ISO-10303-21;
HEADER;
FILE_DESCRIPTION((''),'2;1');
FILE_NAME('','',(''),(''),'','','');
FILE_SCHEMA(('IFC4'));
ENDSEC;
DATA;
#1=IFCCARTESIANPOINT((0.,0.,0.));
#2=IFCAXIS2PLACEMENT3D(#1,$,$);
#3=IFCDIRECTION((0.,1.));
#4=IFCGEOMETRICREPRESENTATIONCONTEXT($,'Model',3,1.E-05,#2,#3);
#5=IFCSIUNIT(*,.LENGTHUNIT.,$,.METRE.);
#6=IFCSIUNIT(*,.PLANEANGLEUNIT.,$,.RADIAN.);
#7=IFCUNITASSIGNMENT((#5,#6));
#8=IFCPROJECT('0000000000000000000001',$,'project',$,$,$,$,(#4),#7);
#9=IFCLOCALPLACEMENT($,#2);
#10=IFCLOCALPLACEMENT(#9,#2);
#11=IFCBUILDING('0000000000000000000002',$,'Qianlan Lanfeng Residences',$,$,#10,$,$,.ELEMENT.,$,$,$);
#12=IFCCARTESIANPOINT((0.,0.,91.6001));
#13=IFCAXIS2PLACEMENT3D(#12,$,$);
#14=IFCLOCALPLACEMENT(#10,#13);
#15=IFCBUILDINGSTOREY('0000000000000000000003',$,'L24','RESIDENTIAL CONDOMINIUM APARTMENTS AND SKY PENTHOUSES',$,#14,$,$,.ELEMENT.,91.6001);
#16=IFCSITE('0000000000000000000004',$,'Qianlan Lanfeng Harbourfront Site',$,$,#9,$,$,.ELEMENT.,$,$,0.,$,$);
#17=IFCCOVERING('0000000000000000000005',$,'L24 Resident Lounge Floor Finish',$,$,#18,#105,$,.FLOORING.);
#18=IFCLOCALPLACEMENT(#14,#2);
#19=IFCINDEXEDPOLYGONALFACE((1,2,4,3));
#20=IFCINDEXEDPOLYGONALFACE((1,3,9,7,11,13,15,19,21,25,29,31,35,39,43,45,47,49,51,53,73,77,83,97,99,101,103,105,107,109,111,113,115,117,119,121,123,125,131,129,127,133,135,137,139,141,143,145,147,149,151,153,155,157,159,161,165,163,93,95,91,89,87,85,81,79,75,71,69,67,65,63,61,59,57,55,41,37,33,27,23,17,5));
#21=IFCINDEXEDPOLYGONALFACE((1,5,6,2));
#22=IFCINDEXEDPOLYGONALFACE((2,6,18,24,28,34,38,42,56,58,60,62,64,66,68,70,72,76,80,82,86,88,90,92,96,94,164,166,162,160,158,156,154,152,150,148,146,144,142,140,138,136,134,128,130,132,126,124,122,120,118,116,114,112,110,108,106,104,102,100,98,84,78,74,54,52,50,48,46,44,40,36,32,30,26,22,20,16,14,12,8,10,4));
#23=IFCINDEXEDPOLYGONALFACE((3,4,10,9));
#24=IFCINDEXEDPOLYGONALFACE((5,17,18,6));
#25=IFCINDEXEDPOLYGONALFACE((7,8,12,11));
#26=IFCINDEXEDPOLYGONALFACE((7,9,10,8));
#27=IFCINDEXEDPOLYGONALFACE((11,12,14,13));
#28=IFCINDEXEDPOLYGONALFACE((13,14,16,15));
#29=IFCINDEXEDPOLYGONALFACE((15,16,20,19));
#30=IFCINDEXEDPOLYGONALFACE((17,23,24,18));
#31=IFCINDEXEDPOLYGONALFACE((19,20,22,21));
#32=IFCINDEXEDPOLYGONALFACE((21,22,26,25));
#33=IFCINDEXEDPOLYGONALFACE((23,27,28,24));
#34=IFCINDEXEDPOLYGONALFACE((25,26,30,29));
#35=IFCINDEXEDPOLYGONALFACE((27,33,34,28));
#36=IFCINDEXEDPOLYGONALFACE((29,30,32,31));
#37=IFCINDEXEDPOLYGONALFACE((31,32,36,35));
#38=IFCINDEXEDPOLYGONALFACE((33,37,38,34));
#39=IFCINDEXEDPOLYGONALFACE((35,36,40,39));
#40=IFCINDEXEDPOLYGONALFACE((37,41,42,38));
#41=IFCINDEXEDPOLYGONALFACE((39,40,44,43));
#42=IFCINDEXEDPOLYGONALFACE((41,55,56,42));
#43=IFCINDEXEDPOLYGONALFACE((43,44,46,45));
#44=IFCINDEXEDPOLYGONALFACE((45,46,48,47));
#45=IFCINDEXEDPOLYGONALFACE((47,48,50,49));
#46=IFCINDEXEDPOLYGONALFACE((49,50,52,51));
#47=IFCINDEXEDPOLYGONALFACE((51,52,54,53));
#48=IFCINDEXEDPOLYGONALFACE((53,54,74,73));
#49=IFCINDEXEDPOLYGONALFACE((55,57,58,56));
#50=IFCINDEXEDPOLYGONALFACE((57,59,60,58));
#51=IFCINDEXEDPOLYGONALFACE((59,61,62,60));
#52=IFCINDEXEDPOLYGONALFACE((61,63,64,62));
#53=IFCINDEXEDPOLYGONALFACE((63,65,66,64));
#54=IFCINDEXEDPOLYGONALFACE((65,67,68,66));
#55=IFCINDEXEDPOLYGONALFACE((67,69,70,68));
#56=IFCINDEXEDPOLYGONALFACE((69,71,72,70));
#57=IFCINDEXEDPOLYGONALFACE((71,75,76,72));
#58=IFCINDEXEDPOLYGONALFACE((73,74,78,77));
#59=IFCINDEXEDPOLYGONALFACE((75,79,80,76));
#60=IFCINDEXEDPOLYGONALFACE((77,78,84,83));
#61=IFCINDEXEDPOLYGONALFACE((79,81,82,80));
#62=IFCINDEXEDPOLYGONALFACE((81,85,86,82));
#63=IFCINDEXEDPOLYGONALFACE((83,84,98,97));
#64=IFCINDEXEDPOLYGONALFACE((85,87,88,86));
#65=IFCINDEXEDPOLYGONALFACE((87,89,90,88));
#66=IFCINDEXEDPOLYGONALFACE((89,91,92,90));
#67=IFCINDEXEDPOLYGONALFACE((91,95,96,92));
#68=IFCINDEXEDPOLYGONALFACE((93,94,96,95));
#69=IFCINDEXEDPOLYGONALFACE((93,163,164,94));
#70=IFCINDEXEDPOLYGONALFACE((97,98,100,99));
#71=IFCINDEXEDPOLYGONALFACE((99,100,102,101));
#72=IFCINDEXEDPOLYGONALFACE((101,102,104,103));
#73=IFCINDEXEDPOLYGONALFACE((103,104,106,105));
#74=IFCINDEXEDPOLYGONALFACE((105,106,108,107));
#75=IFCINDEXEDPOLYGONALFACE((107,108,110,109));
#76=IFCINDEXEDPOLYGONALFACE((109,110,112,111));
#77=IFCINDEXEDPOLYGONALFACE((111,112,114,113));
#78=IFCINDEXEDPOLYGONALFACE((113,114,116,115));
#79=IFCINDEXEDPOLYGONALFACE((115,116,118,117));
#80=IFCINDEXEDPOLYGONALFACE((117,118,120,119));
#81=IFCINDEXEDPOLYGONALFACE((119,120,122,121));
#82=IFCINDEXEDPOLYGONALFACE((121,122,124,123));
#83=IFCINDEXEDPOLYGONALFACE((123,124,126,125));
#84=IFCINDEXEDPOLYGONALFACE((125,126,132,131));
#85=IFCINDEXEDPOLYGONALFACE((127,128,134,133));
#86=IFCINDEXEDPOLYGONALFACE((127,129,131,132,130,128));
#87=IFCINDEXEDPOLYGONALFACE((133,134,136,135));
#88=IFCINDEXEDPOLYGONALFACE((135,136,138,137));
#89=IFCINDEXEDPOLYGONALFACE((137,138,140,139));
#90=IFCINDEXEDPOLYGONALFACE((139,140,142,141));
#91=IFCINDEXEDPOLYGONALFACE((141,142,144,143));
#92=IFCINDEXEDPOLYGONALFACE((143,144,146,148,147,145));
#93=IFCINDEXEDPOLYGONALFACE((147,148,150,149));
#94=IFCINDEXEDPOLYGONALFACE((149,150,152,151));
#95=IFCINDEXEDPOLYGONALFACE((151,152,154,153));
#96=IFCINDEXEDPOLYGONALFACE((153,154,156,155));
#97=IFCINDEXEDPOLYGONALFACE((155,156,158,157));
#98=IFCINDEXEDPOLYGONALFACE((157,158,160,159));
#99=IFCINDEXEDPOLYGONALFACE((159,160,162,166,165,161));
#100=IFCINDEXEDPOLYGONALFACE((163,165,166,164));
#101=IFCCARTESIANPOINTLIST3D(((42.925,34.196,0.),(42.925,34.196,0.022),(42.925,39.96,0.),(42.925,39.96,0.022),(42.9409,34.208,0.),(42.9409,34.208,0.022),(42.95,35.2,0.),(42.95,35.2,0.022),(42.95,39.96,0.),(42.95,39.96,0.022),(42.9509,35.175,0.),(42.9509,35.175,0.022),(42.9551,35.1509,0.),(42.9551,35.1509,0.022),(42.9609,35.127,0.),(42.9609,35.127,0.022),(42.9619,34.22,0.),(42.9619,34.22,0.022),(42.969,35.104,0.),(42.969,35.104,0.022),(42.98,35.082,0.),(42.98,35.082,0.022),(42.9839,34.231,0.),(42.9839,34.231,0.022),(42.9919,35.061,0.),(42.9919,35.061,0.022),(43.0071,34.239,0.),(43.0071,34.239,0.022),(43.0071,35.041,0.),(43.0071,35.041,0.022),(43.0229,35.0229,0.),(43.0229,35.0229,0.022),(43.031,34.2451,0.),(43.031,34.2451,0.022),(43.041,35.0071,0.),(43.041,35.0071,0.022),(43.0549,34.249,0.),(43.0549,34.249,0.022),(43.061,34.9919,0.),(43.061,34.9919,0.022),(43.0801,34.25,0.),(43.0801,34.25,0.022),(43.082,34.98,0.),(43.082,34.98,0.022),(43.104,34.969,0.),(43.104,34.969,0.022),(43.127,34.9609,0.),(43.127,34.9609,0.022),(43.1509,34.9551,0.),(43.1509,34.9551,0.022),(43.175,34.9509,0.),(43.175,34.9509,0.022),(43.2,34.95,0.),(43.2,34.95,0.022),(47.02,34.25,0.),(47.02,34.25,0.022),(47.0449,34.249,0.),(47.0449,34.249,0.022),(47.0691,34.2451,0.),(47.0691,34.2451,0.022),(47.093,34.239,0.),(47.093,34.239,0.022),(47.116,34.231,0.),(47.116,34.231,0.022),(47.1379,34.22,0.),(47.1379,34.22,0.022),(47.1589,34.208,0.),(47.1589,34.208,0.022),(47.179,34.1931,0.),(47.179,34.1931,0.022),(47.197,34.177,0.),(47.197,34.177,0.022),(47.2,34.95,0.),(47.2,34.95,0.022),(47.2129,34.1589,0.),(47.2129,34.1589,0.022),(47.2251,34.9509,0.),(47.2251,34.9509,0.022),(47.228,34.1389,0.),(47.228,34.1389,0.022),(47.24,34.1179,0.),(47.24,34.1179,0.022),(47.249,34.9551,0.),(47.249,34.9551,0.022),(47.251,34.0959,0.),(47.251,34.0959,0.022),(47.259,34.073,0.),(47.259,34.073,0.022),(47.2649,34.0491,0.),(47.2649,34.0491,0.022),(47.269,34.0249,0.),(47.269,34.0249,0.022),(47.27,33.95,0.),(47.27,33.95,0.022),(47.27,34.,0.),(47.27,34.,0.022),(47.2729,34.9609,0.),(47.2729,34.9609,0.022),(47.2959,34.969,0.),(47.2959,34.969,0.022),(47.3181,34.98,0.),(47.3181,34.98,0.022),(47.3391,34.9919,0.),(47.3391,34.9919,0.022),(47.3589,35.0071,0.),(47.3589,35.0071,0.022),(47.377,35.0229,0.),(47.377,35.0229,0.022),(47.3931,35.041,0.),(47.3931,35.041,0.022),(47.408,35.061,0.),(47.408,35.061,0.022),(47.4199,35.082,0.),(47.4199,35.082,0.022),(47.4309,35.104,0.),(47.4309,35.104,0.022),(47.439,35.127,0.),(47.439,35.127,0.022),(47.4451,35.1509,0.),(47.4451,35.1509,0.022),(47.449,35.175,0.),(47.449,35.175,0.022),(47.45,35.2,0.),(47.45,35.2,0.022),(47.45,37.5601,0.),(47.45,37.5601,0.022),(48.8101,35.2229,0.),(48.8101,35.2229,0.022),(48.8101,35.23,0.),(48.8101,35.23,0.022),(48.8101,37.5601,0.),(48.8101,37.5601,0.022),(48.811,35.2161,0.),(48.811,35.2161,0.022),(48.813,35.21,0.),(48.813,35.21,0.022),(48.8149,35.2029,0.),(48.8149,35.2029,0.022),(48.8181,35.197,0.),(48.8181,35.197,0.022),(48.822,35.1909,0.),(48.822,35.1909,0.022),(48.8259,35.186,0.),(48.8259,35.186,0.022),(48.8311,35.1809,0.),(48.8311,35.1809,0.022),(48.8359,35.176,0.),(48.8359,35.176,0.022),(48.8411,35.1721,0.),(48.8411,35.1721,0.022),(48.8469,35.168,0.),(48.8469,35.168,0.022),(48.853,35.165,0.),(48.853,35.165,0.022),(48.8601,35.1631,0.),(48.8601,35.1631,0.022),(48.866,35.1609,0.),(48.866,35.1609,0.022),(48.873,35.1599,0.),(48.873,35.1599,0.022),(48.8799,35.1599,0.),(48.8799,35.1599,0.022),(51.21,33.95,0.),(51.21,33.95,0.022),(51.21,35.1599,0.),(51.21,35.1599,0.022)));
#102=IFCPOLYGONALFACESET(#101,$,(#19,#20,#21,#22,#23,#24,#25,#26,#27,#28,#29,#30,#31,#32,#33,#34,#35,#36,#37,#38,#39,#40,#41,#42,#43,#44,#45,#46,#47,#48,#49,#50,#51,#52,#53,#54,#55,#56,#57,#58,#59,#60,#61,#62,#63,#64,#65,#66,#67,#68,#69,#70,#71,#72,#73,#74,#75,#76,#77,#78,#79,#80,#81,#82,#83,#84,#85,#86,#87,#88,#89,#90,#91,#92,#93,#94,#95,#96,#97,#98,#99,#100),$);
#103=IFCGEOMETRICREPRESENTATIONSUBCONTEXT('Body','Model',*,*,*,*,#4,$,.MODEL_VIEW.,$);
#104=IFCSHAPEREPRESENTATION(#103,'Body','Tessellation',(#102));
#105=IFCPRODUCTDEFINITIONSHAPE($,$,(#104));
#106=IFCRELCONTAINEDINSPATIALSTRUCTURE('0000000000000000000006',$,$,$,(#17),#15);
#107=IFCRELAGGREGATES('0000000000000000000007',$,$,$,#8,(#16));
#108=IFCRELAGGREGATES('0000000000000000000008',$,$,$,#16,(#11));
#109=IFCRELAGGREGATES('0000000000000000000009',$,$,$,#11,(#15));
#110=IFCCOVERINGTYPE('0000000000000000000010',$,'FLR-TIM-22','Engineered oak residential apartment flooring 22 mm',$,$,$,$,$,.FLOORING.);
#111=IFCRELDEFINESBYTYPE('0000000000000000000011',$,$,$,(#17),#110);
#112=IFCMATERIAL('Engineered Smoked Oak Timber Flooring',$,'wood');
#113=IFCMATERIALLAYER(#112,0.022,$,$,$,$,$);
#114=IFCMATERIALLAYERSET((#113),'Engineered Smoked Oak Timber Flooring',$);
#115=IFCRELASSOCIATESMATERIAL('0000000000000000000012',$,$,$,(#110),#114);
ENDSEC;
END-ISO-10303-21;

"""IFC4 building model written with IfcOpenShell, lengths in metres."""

from ifc_helpers import new_model, si_unit, direction, frame, origin, place, context, subcontext, project, spatial, polyline, outline, extrude, material, layer, layer_set, type_object, element, save


model = new_model("IFC4")

# Units and contexts
model_context = context("Model", 3, precision=1e-05, world=origin(), true_north=direction((0.0, 1.0)))
body_context = subcontext(model_context, "Body", "Model", "MODEL_VIEW")
ifc_project = project(units=[si_unit("LENGTHUNIT", "METRE"), si_unit("PLANEANGLEUNIT", "RADIAN")], contexts=[model_context])

# Site, building, storey
site_placement = place(None, origin())
site = spatial("IfcSite", under=ifc_project, at=site_placement, Name="Qianlan Lanfeng Harbourfront Site", CompositionType="ELEMENT", RefElevation=0.0)
building_placement = place(site_placement, origin())
building = spatial("IfcBuilding", under=site, at=building_placement, Name="Qianlan Lanfeng Residences", CompositionType="ELEMENT")
storey_placement = place(building_placement, frame((0.0, 0.0, 91.6001)))
storey = spatial("IfcBuildingStorey", under=building, at=storey_placement, Name="L24", Description="RESIDENTIAL CONDOMINIUM APARTMENTS AND SKY PENTHOUSES", CompositionType="ELEMENT", Elevation=91.6001)

# Covering
ifc_material_1 = material(Name="Engineered Smoked Oak Timber Flooring", Category="wood")
ifc_layer_1 = layer(ifc_material_1, 0.022)
ifc_layer_set_1 = layer_set([ifc_layer_1], Name="Engineered Smoked Oak Timber Flooring")
covering_type_1 = type_object("IfcCoveringType", Name="FLR-TIM-22", Description="Engineered oak residential apartment flooring 22 mm", PredefinedType="FLOORING", material=ifc_layer_set_1)
covering_1_placement = place(storey_placement, origin())
element("IfcCovering", 1, at=covering_1_placement, inside=storey, type_object=covering_type_1, Name="L24 Resident Lounge Floor Finish", PredefinedType="FLOORING", context=body_context, shape_type="SweptSolid", body=[
    extrude(outline(polyline([(42.925, 34.196), (42.9409, 34.208), (42.9619, 34.22), (42.9839, 34.231), (43.0071, 34.239), (43.031, 34.2451), (43.0549, 34.249), (43.0801, 34.25), (47.02, 34.25), (47.0449, 34.249), (47.0691, 34.2451), (47.093, 34.239), (47.116, 34.231), (47.1379, 34.22), (47.1589, 34.208), (47.179, 34.1931), (47.197, 34.177), (47.2129, 34.1589), (47.228, 34.1389), (47.24, 34.1179), (47.251, 34.0959), (47.259, 34.073), (47.2649, 34.0491), (47.269, 34.0249), (47.27, 34.0), (47.27, 33.95), (51.21, 33.95), (51.21, 35.1599), (48.8799, 35.1599), (48.873, 35.1599), (48.866, 35.1609), (48.8601, 35.1631), (48.853, 35.165), (48.8469, 35.168), (48.8411, 35.1721), (48.8359, 35.176), (48.8311, 35.1809), (48.8259, 35.186), (48.822, 35.1909), (48.8181, 35.197), (48.8149, 35.2029), (48.813, 35.21), (48.811, 35.2161), (48.8101, 35.2229), (48.8101, 35.23), (48.8101, 37.5601), (47.45, 37.5601), (47.45, 35.2), (47.449, 35.175), (47.4451, 35.1509), (47.439, 35.127), (47.4309, 35.104), (47.4199, 35.082), (47.408, 35.061), (47.3931, 35.041), (47.377, 35.0229), (47.3589, 35.0071), (47.3391, 34.9919), (47.3181, 34.98), (47.2959, 34.969), (47.2729, 34.9609), (47.249, 34.9551), (47.2251, 34.9509), (47.2, 34.95), (43.2, 34.95), (43.175, 34.9509), (43.1509, 34.9551), (43.127, 34.9609), (43.104, 34.969), (43.082, 34.98), (43.061, 34.9919), (43.041, 35.0071), (43.0229, 35.0229), (43.0071, 35.041), (42.9919, 35.061), (42.98, 35.082), (42.969, 35.104), (42.9609, 35.127), (42.9551, 35.1509), (42.9509, 35.175), (42.95, 35.2), (42.95, 39.96), (42.925, 39.96), (42.925, 34.196)])), origin(), (0.0, 0.0, 1.0), 0.022),
])

save(model, "model.ifc")
